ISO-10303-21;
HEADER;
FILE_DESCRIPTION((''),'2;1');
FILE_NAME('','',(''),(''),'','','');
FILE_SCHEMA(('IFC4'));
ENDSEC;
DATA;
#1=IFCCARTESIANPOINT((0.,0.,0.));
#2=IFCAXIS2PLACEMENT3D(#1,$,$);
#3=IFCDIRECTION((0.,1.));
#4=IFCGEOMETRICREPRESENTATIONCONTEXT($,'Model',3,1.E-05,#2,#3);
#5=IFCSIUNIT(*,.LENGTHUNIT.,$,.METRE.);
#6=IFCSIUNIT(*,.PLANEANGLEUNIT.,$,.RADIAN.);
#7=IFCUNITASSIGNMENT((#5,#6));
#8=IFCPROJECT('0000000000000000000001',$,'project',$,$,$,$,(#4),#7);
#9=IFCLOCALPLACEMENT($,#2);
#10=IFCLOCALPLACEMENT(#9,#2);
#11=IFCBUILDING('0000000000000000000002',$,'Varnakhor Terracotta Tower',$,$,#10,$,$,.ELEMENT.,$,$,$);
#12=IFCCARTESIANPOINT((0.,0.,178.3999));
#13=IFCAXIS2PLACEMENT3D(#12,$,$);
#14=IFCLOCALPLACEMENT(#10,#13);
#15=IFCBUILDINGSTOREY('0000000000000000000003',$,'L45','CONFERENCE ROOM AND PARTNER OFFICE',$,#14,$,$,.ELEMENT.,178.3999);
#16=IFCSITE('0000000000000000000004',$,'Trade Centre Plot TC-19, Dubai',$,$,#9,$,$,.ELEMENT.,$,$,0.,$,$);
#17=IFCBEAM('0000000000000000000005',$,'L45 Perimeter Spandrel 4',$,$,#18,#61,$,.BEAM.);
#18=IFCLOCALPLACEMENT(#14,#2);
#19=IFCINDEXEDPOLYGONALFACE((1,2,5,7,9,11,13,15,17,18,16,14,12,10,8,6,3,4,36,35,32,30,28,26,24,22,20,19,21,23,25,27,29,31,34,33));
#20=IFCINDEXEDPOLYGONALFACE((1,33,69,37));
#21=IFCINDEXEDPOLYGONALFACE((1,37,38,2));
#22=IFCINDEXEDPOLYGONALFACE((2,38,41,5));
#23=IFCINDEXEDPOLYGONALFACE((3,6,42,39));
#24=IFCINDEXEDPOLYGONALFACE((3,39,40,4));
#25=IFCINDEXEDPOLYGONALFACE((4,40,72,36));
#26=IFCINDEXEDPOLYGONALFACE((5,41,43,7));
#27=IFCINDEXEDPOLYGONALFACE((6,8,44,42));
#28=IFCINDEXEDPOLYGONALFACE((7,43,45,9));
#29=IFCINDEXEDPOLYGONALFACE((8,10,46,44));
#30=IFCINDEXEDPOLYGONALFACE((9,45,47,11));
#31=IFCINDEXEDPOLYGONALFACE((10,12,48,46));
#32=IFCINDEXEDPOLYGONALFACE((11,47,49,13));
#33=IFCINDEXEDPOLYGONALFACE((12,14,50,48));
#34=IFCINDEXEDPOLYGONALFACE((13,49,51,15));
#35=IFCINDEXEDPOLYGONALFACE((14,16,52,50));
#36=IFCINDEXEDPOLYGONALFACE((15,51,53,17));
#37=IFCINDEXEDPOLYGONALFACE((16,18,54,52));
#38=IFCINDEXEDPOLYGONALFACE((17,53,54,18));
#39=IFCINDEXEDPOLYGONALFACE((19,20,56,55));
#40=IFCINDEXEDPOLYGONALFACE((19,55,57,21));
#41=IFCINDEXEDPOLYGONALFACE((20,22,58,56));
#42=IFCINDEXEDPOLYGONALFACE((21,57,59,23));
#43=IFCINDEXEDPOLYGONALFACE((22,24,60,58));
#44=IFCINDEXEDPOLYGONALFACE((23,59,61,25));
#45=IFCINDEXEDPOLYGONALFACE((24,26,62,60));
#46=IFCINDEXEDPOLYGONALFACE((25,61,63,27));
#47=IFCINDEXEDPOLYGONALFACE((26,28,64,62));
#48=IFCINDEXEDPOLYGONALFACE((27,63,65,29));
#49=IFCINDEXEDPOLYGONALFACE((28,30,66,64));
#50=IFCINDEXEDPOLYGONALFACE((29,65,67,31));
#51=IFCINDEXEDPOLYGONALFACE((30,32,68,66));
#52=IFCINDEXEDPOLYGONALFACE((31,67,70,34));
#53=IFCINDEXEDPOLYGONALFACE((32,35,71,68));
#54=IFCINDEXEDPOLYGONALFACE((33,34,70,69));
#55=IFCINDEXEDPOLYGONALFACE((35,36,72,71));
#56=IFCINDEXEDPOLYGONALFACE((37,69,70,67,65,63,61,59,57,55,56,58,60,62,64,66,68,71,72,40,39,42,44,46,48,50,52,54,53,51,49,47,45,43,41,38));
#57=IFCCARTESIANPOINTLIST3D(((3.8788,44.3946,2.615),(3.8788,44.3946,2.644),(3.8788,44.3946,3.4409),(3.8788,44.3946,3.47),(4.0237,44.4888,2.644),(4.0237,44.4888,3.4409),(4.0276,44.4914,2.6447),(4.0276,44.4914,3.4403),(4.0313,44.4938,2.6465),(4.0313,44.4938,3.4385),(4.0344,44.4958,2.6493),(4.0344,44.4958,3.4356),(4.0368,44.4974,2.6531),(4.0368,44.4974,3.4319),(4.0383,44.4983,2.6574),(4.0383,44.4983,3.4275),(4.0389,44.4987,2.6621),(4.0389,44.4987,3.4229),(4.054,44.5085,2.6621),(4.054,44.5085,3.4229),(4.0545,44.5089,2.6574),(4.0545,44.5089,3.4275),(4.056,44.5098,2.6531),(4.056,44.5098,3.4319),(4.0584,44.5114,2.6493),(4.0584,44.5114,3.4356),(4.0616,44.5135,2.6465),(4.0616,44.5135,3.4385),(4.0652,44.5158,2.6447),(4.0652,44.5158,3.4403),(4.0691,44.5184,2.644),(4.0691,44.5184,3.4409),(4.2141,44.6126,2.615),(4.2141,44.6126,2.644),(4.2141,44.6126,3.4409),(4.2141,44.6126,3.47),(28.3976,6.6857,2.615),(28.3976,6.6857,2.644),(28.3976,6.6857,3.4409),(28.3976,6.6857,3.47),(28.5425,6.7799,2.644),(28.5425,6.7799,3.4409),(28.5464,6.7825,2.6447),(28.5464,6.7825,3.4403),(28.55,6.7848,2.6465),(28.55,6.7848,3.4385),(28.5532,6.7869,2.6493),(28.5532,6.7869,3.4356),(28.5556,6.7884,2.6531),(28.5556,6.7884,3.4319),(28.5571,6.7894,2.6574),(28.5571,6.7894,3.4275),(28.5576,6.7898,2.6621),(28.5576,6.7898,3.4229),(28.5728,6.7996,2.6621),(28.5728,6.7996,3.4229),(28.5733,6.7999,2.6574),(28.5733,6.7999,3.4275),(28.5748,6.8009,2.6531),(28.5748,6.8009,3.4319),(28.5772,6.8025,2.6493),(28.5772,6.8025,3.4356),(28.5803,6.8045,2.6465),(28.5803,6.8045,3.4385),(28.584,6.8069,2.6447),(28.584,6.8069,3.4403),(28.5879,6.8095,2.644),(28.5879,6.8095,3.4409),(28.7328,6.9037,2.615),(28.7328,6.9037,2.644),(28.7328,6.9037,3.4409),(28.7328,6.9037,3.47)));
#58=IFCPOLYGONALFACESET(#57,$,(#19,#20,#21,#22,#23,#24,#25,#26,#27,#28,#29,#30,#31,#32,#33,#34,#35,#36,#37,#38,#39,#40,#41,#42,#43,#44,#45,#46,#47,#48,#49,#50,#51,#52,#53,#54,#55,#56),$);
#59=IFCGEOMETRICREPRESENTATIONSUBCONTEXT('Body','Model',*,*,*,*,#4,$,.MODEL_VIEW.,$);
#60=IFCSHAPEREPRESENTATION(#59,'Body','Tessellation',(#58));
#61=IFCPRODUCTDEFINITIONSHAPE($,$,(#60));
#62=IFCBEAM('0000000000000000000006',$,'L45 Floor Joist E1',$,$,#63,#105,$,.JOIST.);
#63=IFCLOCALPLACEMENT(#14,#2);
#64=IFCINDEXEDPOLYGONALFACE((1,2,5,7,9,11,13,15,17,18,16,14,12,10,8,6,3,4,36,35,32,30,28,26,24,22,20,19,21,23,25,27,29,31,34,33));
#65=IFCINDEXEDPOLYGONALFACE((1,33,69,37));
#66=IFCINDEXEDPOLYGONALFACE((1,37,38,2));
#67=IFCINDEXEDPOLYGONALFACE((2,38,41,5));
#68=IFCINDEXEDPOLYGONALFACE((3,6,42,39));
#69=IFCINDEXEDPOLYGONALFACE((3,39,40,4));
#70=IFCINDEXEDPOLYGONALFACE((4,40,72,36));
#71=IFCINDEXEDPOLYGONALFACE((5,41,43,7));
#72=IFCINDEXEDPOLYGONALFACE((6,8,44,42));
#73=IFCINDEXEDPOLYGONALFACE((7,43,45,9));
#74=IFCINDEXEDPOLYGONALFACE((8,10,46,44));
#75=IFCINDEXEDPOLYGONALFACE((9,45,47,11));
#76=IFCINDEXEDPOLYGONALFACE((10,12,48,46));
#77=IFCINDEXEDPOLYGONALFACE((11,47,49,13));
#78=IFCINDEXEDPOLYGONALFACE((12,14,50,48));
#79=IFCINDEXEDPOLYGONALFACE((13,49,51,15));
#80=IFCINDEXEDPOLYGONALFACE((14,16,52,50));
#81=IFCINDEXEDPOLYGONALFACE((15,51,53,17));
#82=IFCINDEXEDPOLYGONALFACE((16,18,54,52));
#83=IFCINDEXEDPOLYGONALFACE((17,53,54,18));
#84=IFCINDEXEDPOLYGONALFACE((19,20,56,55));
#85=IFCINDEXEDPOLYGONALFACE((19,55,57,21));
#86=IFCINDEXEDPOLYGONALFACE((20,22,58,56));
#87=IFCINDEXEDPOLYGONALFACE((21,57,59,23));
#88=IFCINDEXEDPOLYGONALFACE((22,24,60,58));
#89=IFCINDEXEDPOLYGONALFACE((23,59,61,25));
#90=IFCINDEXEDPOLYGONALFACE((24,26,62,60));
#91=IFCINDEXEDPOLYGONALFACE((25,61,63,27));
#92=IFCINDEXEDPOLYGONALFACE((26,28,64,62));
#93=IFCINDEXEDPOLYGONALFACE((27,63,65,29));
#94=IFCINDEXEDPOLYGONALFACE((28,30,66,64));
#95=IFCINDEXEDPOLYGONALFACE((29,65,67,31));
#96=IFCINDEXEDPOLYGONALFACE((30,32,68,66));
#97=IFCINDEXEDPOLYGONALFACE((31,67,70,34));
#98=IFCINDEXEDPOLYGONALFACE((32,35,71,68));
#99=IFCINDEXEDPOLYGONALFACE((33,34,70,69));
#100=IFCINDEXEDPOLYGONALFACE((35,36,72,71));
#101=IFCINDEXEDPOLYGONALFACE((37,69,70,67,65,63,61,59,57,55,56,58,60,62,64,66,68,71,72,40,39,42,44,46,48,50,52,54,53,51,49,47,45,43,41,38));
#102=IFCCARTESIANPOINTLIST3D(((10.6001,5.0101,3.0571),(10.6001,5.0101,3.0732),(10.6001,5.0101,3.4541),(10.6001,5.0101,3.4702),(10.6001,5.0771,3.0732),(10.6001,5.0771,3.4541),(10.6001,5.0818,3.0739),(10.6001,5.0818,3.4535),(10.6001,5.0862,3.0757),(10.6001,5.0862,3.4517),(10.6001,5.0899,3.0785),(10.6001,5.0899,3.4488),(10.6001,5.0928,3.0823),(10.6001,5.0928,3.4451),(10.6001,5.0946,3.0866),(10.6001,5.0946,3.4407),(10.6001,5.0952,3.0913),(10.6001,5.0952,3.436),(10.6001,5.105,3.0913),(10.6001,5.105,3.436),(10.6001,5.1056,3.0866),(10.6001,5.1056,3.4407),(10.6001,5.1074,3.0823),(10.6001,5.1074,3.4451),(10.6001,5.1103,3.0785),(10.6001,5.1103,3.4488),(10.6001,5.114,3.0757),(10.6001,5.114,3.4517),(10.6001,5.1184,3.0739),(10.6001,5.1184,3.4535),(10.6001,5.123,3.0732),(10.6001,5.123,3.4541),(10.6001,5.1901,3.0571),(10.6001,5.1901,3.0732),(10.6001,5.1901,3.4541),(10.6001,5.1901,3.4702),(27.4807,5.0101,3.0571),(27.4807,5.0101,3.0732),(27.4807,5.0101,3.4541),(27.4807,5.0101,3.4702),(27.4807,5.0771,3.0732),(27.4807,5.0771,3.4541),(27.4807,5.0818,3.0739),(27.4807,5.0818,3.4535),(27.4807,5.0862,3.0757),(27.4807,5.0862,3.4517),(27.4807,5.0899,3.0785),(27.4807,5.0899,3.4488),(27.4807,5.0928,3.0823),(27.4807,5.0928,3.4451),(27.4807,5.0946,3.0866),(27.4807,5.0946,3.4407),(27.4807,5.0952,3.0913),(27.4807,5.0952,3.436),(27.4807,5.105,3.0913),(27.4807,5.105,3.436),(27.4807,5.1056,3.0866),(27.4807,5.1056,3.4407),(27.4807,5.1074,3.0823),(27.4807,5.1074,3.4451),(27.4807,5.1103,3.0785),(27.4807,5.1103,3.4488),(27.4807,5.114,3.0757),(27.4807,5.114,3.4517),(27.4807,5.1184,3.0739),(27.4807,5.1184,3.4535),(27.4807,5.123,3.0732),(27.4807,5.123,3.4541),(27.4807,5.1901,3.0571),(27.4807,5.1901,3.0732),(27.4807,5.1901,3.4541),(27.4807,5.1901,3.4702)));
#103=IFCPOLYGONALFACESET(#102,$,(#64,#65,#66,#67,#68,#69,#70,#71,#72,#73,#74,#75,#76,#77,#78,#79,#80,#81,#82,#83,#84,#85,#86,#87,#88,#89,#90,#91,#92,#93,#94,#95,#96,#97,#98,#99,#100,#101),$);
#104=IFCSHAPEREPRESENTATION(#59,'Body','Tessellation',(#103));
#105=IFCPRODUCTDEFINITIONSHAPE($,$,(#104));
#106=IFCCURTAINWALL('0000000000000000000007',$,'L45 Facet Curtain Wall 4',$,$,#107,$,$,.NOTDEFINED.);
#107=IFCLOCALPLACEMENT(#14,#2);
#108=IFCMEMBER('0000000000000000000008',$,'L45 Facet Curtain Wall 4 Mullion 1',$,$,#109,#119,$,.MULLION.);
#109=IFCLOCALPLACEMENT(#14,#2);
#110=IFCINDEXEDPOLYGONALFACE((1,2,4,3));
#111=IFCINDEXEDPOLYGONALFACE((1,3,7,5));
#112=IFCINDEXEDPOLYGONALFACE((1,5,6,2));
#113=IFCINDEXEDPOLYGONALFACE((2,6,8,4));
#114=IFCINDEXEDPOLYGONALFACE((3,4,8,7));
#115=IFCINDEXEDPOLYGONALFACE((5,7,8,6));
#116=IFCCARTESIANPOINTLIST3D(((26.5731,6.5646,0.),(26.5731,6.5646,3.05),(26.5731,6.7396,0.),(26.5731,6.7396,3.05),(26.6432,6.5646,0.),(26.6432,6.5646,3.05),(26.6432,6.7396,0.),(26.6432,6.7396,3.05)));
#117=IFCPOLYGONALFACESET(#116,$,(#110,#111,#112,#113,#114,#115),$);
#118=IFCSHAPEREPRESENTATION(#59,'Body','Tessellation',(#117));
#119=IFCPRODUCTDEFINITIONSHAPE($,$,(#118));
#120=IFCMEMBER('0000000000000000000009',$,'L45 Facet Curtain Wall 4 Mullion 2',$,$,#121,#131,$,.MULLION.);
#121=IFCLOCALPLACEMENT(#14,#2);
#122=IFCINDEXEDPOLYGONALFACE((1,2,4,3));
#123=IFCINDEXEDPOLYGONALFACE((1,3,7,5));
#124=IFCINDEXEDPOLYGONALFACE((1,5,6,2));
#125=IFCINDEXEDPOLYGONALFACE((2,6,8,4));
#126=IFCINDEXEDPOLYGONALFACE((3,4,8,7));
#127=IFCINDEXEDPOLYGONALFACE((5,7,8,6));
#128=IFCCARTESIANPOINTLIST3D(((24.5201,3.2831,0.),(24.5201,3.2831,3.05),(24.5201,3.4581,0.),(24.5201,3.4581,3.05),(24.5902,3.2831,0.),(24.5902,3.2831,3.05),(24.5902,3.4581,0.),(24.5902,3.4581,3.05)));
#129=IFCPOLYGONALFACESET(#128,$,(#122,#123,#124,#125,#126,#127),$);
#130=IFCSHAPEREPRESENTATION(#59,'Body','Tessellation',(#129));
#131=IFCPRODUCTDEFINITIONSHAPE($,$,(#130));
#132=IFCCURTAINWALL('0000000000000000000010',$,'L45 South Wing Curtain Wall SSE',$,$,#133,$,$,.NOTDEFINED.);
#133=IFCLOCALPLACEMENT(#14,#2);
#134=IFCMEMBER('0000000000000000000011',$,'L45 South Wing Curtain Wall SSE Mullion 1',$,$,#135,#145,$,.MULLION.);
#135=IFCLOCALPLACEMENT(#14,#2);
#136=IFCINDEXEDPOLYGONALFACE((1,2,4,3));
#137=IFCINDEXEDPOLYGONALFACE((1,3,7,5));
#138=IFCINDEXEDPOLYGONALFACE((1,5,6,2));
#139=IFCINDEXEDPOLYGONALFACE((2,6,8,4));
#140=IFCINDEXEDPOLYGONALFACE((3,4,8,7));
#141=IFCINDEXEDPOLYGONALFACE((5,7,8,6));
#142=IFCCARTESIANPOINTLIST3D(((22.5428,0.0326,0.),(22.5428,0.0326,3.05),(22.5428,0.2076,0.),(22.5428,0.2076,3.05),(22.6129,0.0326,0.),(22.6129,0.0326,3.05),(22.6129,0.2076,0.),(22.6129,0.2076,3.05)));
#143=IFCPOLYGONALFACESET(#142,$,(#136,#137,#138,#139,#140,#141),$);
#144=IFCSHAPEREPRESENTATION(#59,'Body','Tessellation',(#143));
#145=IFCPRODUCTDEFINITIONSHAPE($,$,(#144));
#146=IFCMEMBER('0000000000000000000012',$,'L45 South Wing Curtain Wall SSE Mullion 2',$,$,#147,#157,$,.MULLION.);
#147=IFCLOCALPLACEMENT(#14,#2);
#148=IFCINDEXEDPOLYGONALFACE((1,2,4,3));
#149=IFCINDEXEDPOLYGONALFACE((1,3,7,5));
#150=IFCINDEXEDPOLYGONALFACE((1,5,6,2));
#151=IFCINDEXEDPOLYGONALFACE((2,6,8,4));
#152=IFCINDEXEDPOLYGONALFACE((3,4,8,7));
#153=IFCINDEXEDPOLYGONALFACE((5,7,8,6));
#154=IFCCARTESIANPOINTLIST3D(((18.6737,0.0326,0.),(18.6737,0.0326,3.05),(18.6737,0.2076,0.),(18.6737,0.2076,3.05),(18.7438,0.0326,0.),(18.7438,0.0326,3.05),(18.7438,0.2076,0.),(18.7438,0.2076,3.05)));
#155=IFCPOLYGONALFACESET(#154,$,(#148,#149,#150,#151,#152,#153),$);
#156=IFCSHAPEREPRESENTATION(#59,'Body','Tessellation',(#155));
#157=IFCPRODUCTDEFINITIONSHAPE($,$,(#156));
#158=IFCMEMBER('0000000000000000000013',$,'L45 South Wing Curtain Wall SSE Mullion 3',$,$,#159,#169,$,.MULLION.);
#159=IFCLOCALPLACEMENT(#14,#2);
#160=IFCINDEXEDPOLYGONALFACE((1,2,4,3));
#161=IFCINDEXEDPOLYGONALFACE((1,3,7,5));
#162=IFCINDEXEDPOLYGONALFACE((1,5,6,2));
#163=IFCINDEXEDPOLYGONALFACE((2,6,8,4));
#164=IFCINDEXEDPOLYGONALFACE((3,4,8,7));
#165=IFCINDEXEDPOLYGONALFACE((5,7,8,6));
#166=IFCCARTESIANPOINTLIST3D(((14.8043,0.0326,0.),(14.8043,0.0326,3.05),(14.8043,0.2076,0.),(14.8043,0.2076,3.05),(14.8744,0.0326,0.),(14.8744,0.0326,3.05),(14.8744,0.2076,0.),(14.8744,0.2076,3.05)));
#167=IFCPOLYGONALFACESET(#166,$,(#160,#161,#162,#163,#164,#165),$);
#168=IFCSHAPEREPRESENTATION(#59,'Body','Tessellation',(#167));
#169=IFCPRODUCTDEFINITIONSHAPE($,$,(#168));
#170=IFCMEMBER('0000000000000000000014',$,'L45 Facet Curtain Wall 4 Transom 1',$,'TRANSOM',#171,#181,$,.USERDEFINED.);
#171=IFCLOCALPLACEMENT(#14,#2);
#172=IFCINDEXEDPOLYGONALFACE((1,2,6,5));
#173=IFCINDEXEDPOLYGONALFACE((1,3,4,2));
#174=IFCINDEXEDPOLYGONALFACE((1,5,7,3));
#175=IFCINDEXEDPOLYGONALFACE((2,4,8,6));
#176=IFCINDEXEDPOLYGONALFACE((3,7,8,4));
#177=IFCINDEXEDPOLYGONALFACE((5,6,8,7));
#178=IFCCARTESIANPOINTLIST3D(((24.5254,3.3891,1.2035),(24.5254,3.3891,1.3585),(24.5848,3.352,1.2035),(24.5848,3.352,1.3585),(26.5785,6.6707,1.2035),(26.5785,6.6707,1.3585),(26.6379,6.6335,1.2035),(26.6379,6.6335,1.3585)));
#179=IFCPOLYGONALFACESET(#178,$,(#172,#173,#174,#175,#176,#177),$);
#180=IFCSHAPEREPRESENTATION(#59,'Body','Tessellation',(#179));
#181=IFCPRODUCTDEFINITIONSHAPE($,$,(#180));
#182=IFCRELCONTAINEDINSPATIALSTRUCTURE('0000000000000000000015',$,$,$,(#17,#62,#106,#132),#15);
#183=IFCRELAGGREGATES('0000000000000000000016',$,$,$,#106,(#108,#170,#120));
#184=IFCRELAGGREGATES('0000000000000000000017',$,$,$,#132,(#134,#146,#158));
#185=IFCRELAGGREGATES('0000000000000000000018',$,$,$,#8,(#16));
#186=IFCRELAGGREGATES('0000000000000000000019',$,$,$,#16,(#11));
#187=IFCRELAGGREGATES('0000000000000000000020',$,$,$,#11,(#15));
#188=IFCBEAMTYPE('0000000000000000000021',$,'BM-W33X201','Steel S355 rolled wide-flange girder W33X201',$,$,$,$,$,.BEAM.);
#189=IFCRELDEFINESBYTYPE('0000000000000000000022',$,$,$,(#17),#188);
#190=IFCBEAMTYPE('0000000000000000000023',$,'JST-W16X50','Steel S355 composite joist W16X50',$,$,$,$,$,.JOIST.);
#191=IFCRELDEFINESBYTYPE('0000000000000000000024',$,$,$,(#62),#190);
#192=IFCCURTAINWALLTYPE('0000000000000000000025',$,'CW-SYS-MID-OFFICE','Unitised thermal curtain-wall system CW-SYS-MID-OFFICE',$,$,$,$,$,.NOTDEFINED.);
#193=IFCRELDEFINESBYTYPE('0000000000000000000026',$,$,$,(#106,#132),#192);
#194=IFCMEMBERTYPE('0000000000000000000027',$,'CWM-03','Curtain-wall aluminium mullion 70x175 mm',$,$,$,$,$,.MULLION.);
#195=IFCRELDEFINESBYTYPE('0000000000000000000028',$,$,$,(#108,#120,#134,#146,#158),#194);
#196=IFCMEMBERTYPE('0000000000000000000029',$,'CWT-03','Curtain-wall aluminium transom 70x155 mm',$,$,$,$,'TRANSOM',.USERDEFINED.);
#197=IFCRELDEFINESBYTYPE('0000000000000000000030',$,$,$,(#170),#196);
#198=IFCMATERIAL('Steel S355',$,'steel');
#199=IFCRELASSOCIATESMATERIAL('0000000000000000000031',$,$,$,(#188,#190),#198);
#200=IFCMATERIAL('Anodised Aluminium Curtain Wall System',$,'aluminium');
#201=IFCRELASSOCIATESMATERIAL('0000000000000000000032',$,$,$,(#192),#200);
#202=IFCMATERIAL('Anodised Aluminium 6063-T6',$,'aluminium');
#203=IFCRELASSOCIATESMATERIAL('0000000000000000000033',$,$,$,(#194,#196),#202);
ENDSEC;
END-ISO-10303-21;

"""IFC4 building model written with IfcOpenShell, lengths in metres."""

from ifc_helpers import new_model, si_unit, direction, frame, origin, origin_2d, place, context, subcontext, project, spatial, rectangle, i_section, extrude, source, transform, mapped, material, material_profile, profile_set, type_object, element, aggregate, save


model = new_model("IFC4")

# Units and contexts
model_context = context("Model", 3, precision=1e-05, world=origin(), true_north=direction((0.0, 1.0)))
body_context = subcontext(model_context, "Body", "Model", "MODEL_VIEW")
ifc_project = project(units=[si_unit("LENGTHUNIT", "METRE"), si_unit("PLANEANGLEUNIT", "RADIAN")], contexts=[model_context])

# Site, building, storey
site_placement = place(None, origin())
site = spatial("IfcSite", under=ifc_project, at=site_placement, Name="Trade Centre Plot TC-19, Dubai", CompositionType="ELEMENT", RefElevation=0.0)
building_placement = place(site_placement, origin())
building = spatial("IfcBuilding", under=site, at=building_placement, Name="Varnakhor Terracotta Tower", CompositionType="ELEMENT")
storey_placement = place(building_placement, frame((0.0, 0.0, 178.3999)))
storey = spatial("IfcBuildingStorey", under=building, at=storey_placement, Name="L45", Description="CONFERENCE ROOM AND PARTNER OFFICE", CompositionType="ELEMENT", Elevation=178.3999)

# Beams
ifc_material_1 = material(Name="Steel S355", Category="steel")
ifc_material_profile_1 = material_profile(ifc_material_1, i_section(OverallWidth=0.3999, OverallDepth=0.855, WebThickness=0.0181, FlangeThickness=0.0291, FilletRadius=0.0181, at=origin_2d()), Name="W33X201")
ifc_profile_set_1 = profile_set([ifc_material_profile_1], Name="Steel S355")
beam_type_1 = type_object("IfcBeamType", Name="BM-W33X201", Description="Steel S355 rolled wide-flange girder W33X201", PredefinedType="BEAM", material=ifc_profile_set_1)
shared_shape_1 = source(origin(), body_context, "Body", "SweptSolid", [
    extrude(i_section(OverallWidth=0.3999, OverallDepth=0.855, WebThickness=0.0181, FlangeThickness=0.0291, FilletRadius=0.0181, at=origin_2d()), origin(), (0.0, 0.0, 1.0), 44.9792),
])
beam_1_placement = place(storey_placement, frame((28.5652, 6.7947, 3.0425), z_axis=(-0.545113, 0.838363, 0.0), x_axis=(-0.838363, -0.545113, 0.0)))
element("IfcBeam", 1, at=beam_1_placement, inside=storey, type_object=beam_type_1, Name="L45 Perimeter Spandrel 4", PredefinedType="BEAM", context=body_context, shape_type="MappedRepresentation", body=[
    mapped(shared_shape_1, transform((0.0, 0.0, 0.0), scale=1.0)),
])
ifc_material_profile_2 = material_profile(ifc_material_1, i_section(OverallWidth=0.1799, OverallDepth=0.4131, WebThickness=0.0098, FlangeThickness=0.0161, FilletRadius=0.0181, at=origin_2d()), Name="W16X50")
ifc_profile_set_2 = profile_set([ifc_material_profile_2], Name="Steel S355")
beam_type_2 = type_object("IfcBeamType", Name="JST-W16X50", Description="Steel S355 composite joist W16X50", PredefinedType="JOIST", material=ifc_profile_set_2)
shared_shape_2 = source(origin(), body_context, "Body", "SweptSolid", [
    extrude(i_section(OverallWidth=0.1799, OverallDepth=0.4131, WebThickness=0.0098, FlangeThickness=0.0161, FilletRadius=0.0181, at=origin_2d()), origin(), (0.0, 0.0, 1.0), 16.8806),
])
beam_2_placement = place(storey_placement, frame((10.6001, 5.1001, 3.2637), z_axis=(1.0, 0.0, 0.0), x_axis=(0.0, 1.0, 0.0)))
element("IfcBeam", 2, at=beam_2_placement, inside=storey, type_object=beam_type_2, Name="L45 Floor Joist E1", PredefinedType="JOIST", context=body_context, shape_type="MappedRepresentation", body=[
    mapped(shared_shape_2, transform((0.0, 0.0, 0.0), scale=1.0)),
])

# Curtain walls, members
ifc_material_2 = material(Name="Anodised Aluminium Curtain Wall System", Category="aluminium")
curtain_wall_type = type_object("IfcCurtainWallType", Name="CW-SYS-MID-OFFICE", Description="Unitised thermal curtain-wall system CW-SYS-MID-OFFICE", PredefinedType="NOTDEFINED", material=ifc_material_2)
curtain_wall_1_placement = place(storey_placement, origin())
curtain_wall_1 = element("IfcCurtainWall", 3, at=curtain_wall_1_placement, inside=storey, type_object=curtain_wall_type, Name="L45 Facet Curtain Wall 4", PredefinedType="NOTDEFINED")
ifc_material_3 = material(Name="Anodised Aluminium 6063-T6", Category="aluminium")
ifc_material_profile_3 = material_profile(ifc_material_3, rectangle(XDim=0.0701, YDim=0.175, at=origin_2d()), Name="ALU MULLION 70x175")
ifc_profile_set_3 = profile_set([ifc_material_profile_3], Name="Anodised Aluminium 6063-T6")
member_type_1 = type_object("IfcMemberType", Name="CWM-03", Description="Curtain-wall aluminium mullion 70x175 mm", PredefinedType="MULLION", material=ifc_profile_set_3)
shared_shape_3 = source(origin(), body_context, "Body", "SweptSolid", [
    extrude(rectangle(XDim=0.0701, YDim=0.175, at=origin_2d()), origin(), (0.0, 0.0, 1.0), 3.05),
])
member_1_placement = place(storey_placement, frame((26.6082, 6.6521, 0.0), z_axis=(0.0, 0.0, 1.0), x_axis=(1.0, 0.0, 0.0)))
member_1 = element("IfcMember", 4, at=member_1_placement, type_object=member_type_1, Name="L45 Facet Curtain Wall 4 Mullion 1", PredefinedType="MULLION", context=body_context, shape_type="MappedRepresentation", body=[
    mapped(shared_shape_3, transform((0.0, 0.0, 0.0), scale=1.0)),
])
member_2_placement = place(storey_placement, frame((24.5552, 3.3706, 0.0), z_axis=(0.0, 0.0, 1.0), x_axis=(1.0, 0.0, 0.0)))
member_2 = element("IfcMember", 5, at=member_2_placement, type_object=member_type_1, Name="L45 Facet Curtain Wall 4 Mullion 2", PredefinedType="MULLION", context=body_context, shape_type="MappedRepresentation", body=[
    mapped(shared_shape_3, transform((0.0, 0.0, 0.0), scale=1.0)),
])
curtain_wall_2_placement = place(storey_placement, origin())
curtain_wall_2 = element("IfcCurtainWall", 6, at=curtain_wall_2_placement, inside=storey, type_object=curtain_wall_type, Name="L45 South Wing Curtain Wall SSE", PredefinedType="NOTDEFINED")
member_3_placement = place(storey_placement, frame((22.5779, 0.1201, 0.0), z_axis=(0.0, 0.0, 1.0), x_axis=(1.0, 0.0, 0.0)))
member_3 = element("IfcMember", 7, at=member_3_placement, type_object=member_type_1, Name="L45 South Wing Curtain Wall SSE Mullion 1", PredefinedType="MULLION", context=body_context, shape_type="MappedRepresentation", body=[
    mapped(shared_shape_3, transform((0.0, 0.0, 0.0), scale=1.0)),
])
member_4_placement = place(storey_placement, frame((18.7087, 0.1201, 0.0), z_axis=(0.0, 0.0, 1.0), x_axis=(1.0, 0.0, 0.0)))
member_4 = element("IfcMember", 8, at=member_4_placement, type_object=member_type_1, Name="L45 South Wing Curtain Wall SSE Mullion 2", PredefinedType="MULLION", context=body_context, shape_type="MappedRepresentation", body=[
    mapped(shared_shape_3, transform((0.0, 0.0, 0.0), scale=1.0)),
])
member_5_placement = place(storey_placement, frame((14.8394, 0.1201, 0.0), z_axis=(0.0, 0.0, 1.0), x_axis=(1.0, 0.0, 0.0)))
member_5 = element("IfcMember", 9, at=member_5_placement, type_object=member_type_1, Name="L45 South Wing Curtain Wall SSE Mullion 3", PredefinedType="MULLION", context=body_context, shape_type="MappedRepresentation", body=[
    mapped(shared_shape_3, transform((0.0, 0.0, 0.0), scale=1.0)),
])

# Member
ifc_material_profile_4 = material_profile(ifc_material_3, rectangle(XDim=0.0701, YDim=0.155, at=origin_2d()), Name="ALU TRANSOM 70x155")
ifc_profile_set_4 = profile_set([ifc_material_profile_4], Name="Anodised Aluminium 6063-T6")
member_type_2 = type_object("IfcMemberType", Name="CWT-03", Description="Curtain-wall aluminium transom 70x155 mm", ElementType="TRANSOM", PredefinedType="USERDEFINED", material=ifc_profile_set_4)
shared_shape_4 = source(origin(), body_context, "Body", "SweptSolid", [
    extrude(rectangle(XDim=0.0701, YDim=0.155, at=origin_2d()), origin(), (0.0, 0.0, 1.0), 3.8708),
])
member_6_placement = place(storey_placement, frame((26.6082, 6.6521, 1.281), z_axis=(-0.530379, -0.847761, 0.0), x_axis=(0.847761, -0.530379, 0.0)))
member_6 = element("IfcMember", 10, at=member_6_placement, type_object=member_type_2, Name="L45 Facet Curtain Wall 4 Transom 1", ObjectType="TRANSOM", PredefinedType="USERDEFINED", context=body_context, shape_type="MappedRepresentation", body=[
    mapped(shared_shape_4, transform((0.0, 0.0, 0.0), scale=1.0)),
])

aggregate(curtain_wall_1, [member_1, member_6, member_2])
aggregate(curtain_wall_2, [member_3, member_4, member_5])

save(model, "model.ifc")
